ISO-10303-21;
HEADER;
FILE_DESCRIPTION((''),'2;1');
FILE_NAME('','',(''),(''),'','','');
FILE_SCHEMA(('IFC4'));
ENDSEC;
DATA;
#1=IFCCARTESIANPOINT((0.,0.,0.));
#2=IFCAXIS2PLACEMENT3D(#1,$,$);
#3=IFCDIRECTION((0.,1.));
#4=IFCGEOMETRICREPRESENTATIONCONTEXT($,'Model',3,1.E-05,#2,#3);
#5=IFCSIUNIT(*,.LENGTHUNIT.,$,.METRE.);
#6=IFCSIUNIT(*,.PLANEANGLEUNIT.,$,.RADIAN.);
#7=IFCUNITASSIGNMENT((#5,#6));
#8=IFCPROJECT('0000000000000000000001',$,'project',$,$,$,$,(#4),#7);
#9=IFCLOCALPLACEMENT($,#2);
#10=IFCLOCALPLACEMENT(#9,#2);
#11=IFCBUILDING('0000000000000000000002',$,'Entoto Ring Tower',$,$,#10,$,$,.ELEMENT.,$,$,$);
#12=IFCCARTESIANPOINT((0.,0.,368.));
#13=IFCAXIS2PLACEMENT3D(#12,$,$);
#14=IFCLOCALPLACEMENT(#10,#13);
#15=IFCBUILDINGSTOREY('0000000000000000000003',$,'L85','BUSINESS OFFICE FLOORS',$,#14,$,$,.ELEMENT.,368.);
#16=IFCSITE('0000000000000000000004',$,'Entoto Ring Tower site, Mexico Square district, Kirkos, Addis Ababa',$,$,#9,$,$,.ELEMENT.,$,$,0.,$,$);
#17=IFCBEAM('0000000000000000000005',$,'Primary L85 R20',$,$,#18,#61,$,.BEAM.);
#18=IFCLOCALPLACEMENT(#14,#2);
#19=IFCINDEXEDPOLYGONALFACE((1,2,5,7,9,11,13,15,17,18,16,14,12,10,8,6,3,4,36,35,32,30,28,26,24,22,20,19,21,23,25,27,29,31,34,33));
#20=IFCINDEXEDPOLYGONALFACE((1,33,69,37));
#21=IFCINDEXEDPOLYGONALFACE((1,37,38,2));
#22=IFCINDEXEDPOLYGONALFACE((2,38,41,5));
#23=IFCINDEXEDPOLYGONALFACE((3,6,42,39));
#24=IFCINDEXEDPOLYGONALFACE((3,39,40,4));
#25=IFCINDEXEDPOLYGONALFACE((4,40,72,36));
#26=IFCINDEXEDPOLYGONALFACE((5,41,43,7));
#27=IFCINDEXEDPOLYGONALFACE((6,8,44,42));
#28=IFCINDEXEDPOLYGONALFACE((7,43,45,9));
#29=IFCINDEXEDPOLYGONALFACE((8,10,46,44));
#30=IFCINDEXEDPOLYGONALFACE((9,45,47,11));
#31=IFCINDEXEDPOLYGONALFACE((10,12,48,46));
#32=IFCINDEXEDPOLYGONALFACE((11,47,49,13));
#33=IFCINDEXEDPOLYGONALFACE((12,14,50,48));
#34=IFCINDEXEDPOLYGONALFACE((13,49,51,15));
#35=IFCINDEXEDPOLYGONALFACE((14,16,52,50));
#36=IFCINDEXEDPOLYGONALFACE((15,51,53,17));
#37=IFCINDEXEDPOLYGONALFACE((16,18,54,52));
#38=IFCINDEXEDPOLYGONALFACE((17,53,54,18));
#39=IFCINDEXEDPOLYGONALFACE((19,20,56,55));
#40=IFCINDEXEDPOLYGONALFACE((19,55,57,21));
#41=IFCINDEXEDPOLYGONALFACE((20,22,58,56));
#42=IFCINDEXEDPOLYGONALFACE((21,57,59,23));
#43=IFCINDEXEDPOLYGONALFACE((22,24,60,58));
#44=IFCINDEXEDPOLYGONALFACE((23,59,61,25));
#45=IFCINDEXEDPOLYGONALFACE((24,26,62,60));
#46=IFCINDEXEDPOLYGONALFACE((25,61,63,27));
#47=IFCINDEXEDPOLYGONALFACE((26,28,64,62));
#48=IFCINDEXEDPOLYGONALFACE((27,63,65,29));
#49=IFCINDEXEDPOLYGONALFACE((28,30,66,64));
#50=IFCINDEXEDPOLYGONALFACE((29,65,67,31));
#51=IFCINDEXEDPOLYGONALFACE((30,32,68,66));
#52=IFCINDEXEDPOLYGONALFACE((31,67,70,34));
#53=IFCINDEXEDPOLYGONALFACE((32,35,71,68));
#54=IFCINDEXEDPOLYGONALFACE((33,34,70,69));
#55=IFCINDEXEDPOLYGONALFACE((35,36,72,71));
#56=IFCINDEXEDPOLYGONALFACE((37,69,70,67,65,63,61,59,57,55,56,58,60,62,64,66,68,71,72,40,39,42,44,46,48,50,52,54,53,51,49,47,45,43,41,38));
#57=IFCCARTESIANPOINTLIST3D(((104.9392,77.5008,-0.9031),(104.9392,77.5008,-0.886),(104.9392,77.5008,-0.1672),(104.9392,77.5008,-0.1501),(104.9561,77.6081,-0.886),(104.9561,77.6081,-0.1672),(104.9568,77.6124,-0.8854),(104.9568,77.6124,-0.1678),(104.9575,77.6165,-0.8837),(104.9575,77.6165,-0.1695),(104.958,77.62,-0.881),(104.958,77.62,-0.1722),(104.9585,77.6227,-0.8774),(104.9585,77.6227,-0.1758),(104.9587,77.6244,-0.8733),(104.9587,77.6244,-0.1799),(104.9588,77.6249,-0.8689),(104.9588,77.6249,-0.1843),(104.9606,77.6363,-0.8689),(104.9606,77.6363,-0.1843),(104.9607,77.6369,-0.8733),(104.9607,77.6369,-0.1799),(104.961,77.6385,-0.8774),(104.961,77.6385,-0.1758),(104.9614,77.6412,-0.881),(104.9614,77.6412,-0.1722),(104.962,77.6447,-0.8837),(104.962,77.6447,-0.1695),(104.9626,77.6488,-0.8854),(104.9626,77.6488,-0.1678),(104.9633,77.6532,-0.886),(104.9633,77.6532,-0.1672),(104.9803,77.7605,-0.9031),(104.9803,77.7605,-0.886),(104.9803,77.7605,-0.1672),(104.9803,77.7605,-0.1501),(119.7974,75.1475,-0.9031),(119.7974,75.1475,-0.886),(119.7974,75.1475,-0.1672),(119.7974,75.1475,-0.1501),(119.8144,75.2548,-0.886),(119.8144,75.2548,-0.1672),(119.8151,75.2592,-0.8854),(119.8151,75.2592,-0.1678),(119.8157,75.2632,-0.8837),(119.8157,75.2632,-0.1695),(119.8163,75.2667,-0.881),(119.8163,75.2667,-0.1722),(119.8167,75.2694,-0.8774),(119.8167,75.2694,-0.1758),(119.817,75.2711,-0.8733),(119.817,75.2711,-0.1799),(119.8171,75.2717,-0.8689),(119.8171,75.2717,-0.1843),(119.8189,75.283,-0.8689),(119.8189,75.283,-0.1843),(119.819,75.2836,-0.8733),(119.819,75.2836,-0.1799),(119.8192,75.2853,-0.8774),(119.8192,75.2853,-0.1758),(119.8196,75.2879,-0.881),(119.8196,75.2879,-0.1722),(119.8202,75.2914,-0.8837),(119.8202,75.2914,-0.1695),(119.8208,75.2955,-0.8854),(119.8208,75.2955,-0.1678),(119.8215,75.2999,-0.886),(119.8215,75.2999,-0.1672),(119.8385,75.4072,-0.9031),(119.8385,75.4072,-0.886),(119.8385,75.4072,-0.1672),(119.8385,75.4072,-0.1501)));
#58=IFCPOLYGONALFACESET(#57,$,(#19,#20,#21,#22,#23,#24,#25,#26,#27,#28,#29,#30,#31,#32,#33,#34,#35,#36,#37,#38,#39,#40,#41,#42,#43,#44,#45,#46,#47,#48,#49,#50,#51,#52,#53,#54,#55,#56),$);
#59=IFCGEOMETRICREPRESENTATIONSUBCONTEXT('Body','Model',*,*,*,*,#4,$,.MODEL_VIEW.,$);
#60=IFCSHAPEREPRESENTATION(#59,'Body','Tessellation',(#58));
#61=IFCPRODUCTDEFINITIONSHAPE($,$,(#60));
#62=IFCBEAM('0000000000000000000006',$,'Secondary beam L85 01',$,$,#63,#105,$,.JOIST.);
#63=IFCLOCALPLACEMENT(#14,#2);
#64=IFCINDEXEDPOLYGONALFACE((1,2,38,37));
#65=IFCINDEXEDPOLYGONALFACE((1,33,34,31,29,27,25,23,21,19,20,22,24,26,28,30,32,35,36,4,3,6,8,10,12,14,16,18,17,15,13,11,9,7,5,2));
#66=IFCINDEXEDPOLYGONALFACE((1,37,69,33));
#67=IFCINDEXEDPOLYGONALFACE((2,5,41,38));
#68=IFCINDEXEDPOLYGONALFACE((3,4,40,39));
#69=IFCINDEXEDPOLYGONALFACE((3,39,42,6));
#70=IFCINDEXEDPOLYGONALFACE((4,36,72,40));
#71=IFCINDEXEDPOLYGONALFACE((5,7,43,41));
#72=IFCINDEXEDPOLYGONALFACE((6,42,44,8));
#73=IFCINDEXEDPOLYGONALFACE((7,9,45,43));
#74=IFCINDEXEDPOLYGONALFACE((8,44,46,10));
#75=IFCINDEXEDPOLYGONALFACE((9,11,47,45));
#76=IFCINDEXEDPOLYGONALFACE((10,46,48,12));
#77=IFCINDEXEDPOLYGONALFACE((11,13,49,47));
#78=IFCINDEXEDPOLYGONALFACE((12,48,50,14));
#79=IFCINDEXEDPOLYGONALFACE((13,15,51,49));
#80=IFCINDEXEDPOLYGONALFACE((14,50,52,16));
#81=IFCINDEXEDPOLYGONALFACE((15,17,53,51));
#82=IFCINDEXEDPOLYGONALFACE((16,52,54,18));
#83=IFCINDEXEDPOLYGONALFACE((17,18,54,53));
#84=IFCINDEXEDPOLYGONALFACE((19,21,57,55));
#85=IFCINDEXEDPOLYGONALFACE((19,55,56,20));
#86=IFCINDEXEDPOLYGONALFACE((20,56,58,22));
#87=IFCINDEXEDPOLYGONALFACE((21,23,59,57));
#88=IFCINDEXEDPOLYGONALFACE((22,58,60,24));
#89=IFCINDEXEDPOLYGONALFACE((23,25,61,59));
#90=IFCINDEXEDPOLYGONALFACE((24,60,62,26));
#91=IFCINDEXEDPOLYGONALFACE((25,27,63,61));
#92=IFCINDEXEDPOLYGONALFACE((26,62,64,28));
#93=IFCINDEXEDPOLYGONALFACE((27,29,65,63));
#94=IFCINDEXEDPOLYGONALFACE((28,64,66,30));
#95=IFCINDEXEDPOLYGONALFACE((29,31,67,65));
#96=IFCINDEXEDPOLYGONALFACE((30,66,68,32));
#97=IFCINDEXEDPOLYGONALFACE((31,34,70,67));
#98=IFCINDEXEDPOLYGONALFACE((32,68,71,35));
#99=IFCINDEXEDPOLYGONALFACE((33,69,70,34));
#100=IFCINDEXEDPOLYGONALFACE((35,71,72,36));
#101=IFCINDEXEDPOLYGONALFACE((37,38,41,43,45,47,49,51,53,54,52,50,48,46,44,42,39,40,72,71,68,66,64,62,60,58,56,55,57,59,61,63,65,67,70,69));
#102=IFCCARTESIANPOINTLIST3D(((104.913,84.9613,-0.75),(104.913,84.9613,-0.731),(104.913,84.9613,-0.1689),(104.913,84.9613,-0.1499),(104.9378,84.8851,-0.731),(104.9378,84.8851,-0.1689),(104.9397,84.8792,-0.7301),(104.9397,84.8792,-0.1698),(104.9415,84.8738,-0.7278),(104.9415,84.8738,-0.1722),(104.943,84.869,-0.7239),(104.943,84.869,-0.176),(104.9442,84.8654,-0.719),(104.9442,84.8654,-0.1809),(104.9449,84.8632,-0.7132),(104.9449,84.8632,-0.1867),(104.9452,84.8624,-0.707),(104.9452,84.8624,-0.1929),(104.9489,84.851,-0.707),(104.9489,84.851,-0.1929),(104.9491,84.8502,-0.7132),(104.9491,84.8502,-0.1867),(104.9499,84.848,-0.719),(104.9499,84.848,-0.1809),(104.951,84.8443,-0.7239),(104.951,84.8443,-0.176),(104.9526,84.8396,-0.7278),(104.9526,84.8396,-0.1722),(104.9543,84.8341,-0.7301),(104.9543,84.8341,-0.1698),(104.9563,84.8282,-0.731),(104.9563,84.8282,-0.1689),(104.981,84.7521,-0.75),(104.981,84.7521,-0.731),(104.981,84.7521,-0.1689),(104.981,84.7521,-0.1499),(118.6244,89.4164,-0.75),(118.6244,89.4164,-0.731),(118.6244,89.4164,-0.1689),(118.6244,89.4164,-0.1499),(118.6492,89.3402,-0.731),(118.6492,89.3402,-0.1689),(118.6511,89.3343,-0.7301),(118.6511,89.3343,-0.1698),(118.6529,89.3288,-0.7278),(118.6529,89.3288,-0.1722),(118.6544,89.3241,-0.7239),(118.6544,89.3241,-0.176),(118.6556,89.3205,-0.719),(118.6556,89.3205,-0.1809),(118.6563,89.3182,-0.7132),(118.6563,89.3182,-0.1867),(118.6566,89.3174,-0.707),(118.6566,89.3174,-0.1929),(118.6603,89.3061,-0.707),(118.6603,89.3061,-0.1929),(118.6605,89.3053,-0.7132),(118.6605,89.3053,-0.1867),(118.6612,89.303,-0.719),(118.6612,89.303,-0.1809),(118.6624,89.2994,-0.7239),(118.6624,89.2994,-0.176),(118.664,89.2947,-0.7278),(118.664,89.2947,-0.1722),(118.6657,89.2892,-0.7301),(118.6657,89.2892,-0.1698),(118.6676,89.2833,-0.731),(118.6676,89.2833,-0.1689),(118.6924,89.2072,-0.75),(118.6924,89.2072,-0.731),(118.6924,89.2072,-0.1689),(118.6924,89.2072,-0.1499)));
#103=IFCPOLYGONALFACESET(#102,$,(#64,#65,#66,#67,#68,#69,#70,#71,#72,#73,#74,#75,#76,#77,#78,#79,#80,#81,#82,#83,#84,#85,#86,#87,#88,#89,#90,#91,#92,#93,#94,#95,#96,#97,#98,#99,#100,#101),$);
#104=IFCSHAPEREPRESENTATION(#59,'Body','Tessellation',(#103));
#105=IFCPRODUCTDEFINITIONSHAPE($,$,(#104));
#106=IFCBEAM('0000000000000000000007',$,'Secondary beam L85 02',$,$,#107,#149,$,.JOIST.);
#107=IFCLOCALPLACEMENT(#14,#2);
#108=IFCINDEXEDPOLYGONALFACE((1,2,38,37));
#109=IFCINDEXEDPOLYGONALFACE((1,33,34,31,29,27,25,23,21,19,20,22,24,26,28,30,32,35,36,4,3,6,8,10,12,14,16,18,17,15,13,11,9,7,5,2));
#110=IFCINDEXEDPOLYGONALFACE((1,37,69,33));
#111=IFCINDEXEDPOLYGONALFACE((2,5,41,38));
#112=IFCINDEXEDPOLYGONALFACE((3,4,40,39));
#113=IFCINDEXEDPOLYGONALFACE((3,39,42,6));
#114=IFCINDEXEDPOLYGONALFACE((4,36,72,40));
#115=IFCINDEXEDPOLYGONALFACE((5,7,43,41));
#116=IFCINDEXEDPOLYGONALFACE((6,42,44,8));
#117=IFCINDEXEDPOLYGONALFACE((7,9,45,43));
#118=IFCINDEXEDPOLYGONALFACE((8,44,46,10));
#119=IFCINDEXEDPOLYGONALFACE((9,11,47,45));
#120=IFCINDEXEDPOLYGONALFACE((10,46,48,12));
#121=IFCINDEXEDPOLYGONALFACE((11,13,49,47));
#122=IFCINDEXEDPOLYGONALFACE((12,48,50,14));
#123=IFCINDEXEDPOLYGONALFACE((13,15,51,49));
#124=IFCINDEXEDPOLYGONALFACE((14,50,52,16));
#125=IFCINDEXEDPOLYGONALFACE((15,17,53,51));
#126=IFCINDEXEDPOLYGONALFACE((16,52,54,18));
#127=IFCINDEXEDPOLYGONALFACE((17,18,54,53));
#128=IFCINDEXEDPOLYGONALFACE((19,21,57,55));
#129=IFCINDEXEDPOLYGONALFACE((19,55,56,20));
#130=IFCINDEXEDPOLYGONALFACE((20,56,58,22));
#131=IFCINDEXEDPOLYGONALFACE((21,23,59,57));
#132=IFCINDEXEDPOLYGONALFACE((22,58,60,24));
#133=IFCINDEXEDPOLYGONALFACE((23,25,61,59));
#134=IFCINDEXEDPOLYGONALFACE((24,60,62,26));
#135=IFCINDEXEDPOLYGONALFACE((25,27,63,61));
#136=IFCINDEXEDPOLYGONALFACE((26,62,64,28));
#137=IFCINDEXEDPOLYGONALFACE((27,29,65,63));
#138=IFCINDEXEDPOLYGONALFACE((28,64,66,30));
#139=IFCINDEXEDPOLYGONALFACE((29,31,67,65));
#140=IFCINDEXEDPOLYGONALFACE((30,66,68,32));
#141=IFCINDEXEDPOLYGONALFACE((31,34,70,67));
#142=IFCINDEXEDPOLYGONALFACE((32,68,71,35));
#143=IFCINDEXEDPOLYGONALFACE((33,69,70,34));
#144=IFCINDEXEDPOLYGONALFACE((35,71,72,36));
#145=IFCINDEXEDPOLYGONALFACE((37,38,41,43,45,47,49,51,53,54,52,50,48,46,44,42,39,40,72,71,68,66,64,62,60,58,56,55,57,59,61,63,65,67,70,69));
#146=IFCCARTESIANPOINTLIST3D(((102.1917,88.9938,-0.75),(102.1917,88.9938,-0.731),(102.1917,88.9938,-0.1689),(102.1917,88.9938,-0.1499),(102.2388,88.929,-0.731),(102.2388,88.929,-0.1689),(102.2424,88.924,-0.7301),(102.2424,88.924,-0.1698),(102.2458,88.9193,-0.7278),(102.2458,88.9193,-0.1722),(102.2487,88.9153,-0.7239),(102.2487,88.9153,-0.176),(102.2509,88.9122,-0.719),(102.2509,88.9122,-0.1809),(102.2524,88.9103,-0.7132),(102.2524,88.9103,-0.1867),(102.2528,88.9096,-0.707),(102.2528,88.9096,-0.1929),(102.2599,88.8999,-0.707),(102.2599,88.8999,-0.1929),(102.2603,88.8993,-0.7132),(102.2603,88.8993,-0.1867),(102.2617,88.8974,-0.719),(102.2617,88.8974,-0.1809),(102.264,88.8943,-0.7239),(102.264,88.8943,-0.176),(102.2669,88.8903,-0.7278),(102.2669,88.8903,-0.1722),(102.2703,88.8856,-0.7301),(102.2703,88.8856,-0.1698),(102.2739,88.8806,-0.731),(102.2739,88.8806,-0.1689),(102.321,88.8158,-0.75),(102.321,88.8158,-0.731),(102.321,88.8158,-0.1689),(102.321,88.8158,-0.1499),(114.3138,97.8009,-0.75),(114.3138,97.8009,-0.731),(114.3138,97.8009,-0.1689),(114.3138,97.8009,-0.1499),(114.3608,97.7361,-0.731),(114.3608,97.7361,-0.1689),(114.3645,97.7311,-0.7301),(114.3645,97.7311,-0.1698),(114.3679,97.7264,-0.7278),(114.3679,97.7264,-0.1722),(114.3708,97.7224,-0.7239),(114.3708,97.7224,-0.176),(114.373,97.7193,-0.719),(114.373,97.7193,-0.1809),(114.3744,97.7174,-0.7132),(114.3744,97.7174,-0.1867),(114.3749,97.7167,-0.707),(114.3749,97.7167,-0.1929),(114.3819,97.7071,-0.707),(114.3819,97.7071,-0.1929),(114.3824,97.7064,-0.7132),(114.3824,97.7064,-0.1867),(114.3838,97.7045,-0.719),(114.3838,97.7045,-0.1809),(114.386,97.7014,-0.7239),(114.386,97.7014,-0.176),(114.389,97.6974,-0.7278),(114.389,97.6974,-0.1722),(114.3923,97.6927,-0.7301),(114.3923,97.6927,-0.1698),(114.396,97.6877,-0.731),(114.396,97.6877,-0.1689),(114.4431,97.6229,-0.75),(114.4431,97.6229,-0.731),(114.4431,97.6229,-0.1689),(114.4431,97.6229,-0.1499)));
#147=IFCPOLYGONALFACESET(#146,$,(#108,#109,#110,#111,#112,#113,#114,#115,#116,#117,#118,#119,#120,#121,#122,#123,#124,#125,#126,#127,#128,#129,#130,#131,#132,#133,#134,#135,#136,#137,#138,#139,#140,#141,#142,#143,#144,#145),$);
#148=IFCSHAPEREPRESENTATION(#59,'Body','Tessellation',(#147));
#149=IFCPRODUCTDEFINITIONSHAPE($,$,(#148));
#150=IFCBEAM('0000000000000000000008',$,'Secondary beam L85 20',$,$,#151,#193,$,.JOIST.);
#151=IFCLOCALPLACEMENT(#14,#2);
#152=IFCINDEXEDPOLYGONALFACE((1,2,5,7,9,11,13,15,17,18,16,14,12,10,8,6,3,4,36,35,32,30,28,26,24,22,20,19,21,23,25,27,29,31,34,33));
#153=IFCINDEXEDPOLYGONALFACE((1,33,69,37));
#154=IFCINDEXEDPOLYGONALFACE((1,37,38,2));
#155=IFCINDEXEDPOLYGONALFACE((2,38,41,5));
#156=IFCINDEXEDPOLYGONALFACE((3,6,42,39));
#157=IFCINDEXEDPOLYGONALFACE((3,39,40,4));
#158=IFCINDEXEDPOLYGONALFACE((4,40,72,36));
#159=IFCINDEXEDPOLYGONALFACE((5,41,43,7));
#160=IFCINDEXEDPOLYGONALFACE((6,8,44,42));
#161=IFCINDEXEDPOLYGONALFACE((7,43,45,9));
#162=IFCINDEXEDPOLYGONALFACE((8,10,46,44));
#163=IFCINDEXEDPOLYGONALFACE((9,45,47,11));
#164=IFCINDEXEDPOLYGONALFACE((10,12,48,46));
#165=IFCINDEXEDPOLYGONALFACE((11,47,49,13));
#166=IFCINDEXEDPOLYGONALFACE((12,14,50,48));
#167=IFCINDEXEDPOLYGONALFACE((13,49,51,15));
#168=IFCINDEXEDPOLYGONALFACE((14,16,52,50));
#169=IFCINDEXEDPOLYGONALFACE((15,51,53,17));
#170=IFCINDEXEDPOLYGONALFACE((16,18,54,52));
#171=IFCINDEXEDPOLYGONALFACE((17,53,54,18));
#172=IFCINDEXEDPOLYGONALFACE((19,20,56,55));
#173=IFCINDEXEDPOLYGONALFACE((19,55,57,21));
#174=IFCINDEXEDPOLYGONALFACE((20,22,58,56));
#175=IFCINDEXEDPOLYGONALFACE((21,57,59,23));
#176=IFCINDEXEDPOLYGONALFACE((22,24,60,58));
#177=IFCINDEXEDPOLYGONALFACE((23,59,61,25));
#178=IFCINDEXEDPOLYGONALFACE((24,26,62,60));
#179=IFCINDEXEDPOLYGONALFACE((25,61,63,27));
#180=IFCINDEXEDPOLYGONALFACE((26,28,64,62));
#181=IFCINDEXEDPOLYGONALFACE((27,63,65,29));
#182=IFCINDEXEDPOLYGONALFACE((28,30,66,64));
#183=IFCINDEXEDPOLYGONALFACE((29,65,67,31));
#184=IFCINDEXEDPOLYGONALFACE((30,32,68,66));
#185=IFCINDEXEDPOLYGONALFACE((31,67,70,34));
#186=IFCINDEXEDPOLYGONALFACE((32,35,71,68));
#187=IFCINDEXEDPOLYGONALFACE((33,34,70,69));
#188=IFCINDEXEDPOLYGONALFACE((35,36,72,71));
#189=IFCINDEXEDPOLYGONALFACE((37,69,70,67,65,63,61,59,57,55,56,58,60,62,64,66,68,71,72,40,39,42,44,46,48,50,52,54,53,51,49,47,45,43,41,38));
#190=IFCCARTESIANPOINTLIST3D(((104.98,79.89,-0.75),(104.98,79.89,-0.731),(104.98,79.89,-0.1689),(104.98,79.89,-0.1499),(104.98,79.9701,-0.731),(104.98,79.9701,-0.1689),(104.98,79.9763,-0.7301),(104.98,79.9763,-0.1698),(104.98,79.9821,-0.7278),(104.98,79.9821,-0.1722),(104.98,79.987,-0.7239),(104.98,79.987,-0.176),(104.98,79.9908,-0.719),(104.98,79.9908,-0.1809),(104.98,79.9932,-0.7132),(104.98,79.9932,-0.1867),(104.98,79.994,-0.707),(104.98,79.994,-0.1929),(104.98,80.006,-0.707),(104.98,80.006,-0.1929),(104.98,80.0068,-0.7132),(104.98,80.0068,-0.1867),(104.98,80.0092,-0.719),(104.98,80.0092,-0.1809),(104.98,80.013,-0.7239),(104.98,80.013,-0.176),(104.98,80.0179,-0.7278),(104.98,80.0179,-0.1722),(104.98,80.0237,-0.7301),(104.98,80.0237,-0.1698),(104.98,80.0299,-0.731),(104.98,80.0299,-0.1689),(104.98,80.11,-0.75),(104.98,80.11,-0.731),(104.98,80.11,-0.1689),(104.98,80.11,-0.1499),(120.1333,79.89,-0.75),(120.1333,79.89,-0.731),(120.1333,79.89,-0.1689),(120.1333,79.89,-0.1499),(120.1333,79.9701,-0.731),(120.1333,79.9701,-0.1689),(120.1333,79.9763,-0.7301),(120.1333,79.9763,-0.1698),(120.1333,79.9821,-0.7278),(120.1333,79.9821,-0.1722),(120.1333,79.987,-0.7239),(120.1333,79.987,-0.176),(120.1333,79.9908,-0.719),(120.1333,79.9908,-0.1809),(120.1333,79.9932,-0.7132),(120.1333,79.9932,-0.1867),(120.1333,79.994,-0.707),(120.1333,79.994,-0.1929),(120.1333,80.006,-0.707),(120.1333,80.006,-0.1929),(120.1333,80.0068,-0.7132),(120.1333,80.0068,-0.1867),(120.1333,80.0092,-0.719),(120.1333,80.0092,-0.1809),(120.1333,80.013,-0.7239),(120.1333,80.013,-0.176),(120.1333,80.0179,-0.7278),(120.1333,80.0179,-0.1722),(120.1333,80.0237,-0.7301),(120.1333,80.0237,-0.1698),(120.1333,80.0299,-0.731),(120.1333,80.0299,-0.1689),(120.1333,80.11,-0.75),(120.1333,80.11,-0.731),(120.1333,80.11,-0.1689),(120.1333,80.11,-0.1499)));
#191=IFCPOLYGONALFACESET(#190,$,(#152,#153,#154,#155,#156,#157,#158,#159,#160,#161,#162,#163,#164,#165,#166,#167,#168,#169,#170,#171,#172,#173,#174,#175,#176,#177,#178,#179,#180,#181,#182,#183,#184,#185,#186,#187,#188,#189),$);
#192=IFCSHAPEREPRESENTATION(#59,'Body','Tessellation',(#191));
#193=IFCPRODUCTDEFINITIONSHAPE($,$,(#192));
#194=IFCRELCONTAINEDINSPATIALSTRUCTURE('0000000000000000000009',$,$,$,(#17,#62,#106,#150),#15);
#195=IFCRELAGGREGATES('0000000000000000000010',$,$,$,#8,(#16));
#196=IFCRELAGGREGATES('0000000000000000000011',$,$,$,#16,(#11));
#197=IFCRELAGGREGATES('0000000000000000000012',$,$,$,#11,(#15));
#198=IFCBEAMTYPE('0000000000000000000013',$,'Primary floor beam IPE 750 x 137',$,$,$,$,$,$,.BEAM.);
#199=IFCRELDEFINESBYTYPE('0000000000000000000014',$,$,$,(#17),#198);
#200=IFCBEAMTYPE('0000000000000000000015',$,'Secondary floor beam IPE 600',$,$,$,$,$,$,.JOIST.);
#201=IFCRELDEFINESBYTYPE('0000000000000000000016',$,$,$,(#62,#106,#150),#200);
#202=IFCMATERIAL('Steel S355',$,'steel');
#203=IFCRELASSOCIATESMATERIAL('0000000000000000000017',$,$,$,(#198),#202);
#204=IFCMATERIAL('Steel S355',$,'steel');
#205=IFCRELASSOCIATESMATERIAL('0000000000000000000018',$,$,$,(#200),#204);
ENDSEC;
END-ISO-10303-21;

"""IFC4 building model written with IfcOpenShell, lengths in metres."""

from ifc_helpers import new_model, si_unit, direction, frame, origin, origin_2d, place, context, subcontext, project, spatial, i_section, extrude, material, material_profile, profile_set, type_object, element, save


model = new_model("IFC4")

# Units and contexts
model_context = context("Model", 3, precision=1e-05, world=origin(), true_north=direction((0.0, 1.0)))
body_context = subcontext(model_context, "Body", "Model", "MODEL_VIEW")
ifc_project = project(units=[si_unit("LENGTHUNIT", "METRE"), si_unit("PLANEANGLEUNIT", "RADIAN")], contexts=[model_context])

# Site, building, storey
site_placement = place(None, origin())
site = spatial("IfcSite", under=ifc_project, at=site_placement, Name="Entoto Ring Tower site, Mexico Square district, Kirkos, Addis Ababa", CompositionType="ELEMENT", RefElevation=0.0)
building_placement = place(site_placement, origin())
building = spatial("IfcBuilding", under=site, at=building_placement, Name="Entoto Ring Tower", CompositionType="ELEMENT")
storey_placement = place(building_placement, frame((0.0, 0.0, 368.0)))
storey = spatial("IfcBuildingStorey", under=building, at=storey_placement, Name="L85", Description="BUSINESS OFFICE FLOORS", CompositionType="ELEMENT", Elevation=368.0)

# Beams
ifc_material_1 = material(Name="Steel S355", Category="steel")
ifc_material_profile_1 = material_profile(ifc_material_1, i_section(OverallWidth=0.2629, OverallDepth=0.7529, WebThickness=0.0115, FlangeThickness=0.0171, FilletRadius=0.0171, at=origin_2d()), Name="IPE 750 x 137")
ifc_profile_set_1 = profile_set([ifc_material_profile_1], Name="Steel S355")
beam_type_1 = type_object("IfcBeamType", Name="Primary floor beam IPE 750 x 137", PredefinedType="BEAM", material=ifc_profile_set_1)
beam_1_placement = place(storey_placement, frame((104.9597, 77.6306, -0.5266), z_axis=(0.987689, -0.156433, 0.0), x_axis=(0.156433, 0.987689, 0.0)))
element("IfcBeam", 1, at=beam_1_placement, inside=storey, type_object=beam_type_1, Name="Primary L85 R20", PredefinedType="BEAM", context=body_context, shape_type="SweptSolid", body=[
    extrude(i_section(OverallWidth=0.2629, OverallDepth=0.7529, WebThickness=0.0115, FlangeThickness=0.0171, FilletRadius=0.0171, at=origin_2d()), origin(), (0.0, 0.0, 1.0), 15.0435),
])
ifc_material_2 = material(Name="Steel S355", Category="steel")
ifc_material_profile_2 = material_profile(ifc_material_2, i_section(OverallWidth=0.22, OverallDepth=0.6001, WebThickness=0.012, FlangeThickness=0.019, FilletRadius=0.0239, at=origin_2d()), Name="IPE 600")
ifc_profile_set_2 = profile_set([ifc_material_profile_2], Name="Steel S355")
beam_type_2 = type_object("IfcBeamType", Name="Secondary floor beam IPE 600", PredefinedType="JOIST", material=ifc_profile_set_2)
beam_2_placement = place(storey_placement, frame((104.947, 84.8567, -0.45), z_axis=(0.951057, 0.309015, 0.0), x_axis=(-0.309015, 0.951057, 0.0)))
element("IfcBeam", 2, at=beam_2_placement, inside=storey, type_object=beam_type_2, Name="Secondary beam L85 01", PredefinedType="JOIST", context=body_context, shape_type="SweptSolid", body=[
    extrude(i_section(OverallWidth=0.22, OverallDepth=0.6001, WebThickness=0.012, FlangeThickness=0.019, FilletRadius=0.0239, at=origin_2d()), origin(), (0.0, 0.0, 1.0), 14.417),
])
beam_3_placement = place(storey_placement, frame((102.2563, 88.9048, -0.45), z_axis=(0.809019, 0.587782, 0.0), x_axis=(-0.587782, 0.809019, 0.0)))
element("IfcBeam", 3, at=beam_3_placement, inside=storey, type_object=beam_type_2, Name="Secondary beam L85 02", PredefinedType="JOIST", context=body_context, shape_type="SweptSolid", body=[
    extrude(i_section(OverallWidth=0.22, OverallDepth=0.6001, WebThickness=0.012, FlangeThickness=0.019, FilletRadius=0.0239, at=origin_2d()), origin(), (0.0, 0.0, 1.0), 14.9836),
])
beam_4_placement = place(storey_placement, frame((104.98, 80.0, -0.45), z_axis=(1.0, 0.0, 0.0), x_axis=(0.0, 1.0, 0.0)))
element("IfcBeam", 4, at=beam_4_placement, inside=storey, type_object=beam_type_2, Name="Secondary beam L85 20", PredefinedType="JOIST", context=body_context, shape_type="SweptSolid", body=[
    extrude(i_section(OverallWidth=0.22, OverallDepth=0.6001, WebThickness=0.012, FlangeThickness=0.019, FilletRadius=0.0239, at=origin_2d()), origin(), (0.0, 0.0, 1.0), 15.1533),
])

save(model, "model.ifc")
